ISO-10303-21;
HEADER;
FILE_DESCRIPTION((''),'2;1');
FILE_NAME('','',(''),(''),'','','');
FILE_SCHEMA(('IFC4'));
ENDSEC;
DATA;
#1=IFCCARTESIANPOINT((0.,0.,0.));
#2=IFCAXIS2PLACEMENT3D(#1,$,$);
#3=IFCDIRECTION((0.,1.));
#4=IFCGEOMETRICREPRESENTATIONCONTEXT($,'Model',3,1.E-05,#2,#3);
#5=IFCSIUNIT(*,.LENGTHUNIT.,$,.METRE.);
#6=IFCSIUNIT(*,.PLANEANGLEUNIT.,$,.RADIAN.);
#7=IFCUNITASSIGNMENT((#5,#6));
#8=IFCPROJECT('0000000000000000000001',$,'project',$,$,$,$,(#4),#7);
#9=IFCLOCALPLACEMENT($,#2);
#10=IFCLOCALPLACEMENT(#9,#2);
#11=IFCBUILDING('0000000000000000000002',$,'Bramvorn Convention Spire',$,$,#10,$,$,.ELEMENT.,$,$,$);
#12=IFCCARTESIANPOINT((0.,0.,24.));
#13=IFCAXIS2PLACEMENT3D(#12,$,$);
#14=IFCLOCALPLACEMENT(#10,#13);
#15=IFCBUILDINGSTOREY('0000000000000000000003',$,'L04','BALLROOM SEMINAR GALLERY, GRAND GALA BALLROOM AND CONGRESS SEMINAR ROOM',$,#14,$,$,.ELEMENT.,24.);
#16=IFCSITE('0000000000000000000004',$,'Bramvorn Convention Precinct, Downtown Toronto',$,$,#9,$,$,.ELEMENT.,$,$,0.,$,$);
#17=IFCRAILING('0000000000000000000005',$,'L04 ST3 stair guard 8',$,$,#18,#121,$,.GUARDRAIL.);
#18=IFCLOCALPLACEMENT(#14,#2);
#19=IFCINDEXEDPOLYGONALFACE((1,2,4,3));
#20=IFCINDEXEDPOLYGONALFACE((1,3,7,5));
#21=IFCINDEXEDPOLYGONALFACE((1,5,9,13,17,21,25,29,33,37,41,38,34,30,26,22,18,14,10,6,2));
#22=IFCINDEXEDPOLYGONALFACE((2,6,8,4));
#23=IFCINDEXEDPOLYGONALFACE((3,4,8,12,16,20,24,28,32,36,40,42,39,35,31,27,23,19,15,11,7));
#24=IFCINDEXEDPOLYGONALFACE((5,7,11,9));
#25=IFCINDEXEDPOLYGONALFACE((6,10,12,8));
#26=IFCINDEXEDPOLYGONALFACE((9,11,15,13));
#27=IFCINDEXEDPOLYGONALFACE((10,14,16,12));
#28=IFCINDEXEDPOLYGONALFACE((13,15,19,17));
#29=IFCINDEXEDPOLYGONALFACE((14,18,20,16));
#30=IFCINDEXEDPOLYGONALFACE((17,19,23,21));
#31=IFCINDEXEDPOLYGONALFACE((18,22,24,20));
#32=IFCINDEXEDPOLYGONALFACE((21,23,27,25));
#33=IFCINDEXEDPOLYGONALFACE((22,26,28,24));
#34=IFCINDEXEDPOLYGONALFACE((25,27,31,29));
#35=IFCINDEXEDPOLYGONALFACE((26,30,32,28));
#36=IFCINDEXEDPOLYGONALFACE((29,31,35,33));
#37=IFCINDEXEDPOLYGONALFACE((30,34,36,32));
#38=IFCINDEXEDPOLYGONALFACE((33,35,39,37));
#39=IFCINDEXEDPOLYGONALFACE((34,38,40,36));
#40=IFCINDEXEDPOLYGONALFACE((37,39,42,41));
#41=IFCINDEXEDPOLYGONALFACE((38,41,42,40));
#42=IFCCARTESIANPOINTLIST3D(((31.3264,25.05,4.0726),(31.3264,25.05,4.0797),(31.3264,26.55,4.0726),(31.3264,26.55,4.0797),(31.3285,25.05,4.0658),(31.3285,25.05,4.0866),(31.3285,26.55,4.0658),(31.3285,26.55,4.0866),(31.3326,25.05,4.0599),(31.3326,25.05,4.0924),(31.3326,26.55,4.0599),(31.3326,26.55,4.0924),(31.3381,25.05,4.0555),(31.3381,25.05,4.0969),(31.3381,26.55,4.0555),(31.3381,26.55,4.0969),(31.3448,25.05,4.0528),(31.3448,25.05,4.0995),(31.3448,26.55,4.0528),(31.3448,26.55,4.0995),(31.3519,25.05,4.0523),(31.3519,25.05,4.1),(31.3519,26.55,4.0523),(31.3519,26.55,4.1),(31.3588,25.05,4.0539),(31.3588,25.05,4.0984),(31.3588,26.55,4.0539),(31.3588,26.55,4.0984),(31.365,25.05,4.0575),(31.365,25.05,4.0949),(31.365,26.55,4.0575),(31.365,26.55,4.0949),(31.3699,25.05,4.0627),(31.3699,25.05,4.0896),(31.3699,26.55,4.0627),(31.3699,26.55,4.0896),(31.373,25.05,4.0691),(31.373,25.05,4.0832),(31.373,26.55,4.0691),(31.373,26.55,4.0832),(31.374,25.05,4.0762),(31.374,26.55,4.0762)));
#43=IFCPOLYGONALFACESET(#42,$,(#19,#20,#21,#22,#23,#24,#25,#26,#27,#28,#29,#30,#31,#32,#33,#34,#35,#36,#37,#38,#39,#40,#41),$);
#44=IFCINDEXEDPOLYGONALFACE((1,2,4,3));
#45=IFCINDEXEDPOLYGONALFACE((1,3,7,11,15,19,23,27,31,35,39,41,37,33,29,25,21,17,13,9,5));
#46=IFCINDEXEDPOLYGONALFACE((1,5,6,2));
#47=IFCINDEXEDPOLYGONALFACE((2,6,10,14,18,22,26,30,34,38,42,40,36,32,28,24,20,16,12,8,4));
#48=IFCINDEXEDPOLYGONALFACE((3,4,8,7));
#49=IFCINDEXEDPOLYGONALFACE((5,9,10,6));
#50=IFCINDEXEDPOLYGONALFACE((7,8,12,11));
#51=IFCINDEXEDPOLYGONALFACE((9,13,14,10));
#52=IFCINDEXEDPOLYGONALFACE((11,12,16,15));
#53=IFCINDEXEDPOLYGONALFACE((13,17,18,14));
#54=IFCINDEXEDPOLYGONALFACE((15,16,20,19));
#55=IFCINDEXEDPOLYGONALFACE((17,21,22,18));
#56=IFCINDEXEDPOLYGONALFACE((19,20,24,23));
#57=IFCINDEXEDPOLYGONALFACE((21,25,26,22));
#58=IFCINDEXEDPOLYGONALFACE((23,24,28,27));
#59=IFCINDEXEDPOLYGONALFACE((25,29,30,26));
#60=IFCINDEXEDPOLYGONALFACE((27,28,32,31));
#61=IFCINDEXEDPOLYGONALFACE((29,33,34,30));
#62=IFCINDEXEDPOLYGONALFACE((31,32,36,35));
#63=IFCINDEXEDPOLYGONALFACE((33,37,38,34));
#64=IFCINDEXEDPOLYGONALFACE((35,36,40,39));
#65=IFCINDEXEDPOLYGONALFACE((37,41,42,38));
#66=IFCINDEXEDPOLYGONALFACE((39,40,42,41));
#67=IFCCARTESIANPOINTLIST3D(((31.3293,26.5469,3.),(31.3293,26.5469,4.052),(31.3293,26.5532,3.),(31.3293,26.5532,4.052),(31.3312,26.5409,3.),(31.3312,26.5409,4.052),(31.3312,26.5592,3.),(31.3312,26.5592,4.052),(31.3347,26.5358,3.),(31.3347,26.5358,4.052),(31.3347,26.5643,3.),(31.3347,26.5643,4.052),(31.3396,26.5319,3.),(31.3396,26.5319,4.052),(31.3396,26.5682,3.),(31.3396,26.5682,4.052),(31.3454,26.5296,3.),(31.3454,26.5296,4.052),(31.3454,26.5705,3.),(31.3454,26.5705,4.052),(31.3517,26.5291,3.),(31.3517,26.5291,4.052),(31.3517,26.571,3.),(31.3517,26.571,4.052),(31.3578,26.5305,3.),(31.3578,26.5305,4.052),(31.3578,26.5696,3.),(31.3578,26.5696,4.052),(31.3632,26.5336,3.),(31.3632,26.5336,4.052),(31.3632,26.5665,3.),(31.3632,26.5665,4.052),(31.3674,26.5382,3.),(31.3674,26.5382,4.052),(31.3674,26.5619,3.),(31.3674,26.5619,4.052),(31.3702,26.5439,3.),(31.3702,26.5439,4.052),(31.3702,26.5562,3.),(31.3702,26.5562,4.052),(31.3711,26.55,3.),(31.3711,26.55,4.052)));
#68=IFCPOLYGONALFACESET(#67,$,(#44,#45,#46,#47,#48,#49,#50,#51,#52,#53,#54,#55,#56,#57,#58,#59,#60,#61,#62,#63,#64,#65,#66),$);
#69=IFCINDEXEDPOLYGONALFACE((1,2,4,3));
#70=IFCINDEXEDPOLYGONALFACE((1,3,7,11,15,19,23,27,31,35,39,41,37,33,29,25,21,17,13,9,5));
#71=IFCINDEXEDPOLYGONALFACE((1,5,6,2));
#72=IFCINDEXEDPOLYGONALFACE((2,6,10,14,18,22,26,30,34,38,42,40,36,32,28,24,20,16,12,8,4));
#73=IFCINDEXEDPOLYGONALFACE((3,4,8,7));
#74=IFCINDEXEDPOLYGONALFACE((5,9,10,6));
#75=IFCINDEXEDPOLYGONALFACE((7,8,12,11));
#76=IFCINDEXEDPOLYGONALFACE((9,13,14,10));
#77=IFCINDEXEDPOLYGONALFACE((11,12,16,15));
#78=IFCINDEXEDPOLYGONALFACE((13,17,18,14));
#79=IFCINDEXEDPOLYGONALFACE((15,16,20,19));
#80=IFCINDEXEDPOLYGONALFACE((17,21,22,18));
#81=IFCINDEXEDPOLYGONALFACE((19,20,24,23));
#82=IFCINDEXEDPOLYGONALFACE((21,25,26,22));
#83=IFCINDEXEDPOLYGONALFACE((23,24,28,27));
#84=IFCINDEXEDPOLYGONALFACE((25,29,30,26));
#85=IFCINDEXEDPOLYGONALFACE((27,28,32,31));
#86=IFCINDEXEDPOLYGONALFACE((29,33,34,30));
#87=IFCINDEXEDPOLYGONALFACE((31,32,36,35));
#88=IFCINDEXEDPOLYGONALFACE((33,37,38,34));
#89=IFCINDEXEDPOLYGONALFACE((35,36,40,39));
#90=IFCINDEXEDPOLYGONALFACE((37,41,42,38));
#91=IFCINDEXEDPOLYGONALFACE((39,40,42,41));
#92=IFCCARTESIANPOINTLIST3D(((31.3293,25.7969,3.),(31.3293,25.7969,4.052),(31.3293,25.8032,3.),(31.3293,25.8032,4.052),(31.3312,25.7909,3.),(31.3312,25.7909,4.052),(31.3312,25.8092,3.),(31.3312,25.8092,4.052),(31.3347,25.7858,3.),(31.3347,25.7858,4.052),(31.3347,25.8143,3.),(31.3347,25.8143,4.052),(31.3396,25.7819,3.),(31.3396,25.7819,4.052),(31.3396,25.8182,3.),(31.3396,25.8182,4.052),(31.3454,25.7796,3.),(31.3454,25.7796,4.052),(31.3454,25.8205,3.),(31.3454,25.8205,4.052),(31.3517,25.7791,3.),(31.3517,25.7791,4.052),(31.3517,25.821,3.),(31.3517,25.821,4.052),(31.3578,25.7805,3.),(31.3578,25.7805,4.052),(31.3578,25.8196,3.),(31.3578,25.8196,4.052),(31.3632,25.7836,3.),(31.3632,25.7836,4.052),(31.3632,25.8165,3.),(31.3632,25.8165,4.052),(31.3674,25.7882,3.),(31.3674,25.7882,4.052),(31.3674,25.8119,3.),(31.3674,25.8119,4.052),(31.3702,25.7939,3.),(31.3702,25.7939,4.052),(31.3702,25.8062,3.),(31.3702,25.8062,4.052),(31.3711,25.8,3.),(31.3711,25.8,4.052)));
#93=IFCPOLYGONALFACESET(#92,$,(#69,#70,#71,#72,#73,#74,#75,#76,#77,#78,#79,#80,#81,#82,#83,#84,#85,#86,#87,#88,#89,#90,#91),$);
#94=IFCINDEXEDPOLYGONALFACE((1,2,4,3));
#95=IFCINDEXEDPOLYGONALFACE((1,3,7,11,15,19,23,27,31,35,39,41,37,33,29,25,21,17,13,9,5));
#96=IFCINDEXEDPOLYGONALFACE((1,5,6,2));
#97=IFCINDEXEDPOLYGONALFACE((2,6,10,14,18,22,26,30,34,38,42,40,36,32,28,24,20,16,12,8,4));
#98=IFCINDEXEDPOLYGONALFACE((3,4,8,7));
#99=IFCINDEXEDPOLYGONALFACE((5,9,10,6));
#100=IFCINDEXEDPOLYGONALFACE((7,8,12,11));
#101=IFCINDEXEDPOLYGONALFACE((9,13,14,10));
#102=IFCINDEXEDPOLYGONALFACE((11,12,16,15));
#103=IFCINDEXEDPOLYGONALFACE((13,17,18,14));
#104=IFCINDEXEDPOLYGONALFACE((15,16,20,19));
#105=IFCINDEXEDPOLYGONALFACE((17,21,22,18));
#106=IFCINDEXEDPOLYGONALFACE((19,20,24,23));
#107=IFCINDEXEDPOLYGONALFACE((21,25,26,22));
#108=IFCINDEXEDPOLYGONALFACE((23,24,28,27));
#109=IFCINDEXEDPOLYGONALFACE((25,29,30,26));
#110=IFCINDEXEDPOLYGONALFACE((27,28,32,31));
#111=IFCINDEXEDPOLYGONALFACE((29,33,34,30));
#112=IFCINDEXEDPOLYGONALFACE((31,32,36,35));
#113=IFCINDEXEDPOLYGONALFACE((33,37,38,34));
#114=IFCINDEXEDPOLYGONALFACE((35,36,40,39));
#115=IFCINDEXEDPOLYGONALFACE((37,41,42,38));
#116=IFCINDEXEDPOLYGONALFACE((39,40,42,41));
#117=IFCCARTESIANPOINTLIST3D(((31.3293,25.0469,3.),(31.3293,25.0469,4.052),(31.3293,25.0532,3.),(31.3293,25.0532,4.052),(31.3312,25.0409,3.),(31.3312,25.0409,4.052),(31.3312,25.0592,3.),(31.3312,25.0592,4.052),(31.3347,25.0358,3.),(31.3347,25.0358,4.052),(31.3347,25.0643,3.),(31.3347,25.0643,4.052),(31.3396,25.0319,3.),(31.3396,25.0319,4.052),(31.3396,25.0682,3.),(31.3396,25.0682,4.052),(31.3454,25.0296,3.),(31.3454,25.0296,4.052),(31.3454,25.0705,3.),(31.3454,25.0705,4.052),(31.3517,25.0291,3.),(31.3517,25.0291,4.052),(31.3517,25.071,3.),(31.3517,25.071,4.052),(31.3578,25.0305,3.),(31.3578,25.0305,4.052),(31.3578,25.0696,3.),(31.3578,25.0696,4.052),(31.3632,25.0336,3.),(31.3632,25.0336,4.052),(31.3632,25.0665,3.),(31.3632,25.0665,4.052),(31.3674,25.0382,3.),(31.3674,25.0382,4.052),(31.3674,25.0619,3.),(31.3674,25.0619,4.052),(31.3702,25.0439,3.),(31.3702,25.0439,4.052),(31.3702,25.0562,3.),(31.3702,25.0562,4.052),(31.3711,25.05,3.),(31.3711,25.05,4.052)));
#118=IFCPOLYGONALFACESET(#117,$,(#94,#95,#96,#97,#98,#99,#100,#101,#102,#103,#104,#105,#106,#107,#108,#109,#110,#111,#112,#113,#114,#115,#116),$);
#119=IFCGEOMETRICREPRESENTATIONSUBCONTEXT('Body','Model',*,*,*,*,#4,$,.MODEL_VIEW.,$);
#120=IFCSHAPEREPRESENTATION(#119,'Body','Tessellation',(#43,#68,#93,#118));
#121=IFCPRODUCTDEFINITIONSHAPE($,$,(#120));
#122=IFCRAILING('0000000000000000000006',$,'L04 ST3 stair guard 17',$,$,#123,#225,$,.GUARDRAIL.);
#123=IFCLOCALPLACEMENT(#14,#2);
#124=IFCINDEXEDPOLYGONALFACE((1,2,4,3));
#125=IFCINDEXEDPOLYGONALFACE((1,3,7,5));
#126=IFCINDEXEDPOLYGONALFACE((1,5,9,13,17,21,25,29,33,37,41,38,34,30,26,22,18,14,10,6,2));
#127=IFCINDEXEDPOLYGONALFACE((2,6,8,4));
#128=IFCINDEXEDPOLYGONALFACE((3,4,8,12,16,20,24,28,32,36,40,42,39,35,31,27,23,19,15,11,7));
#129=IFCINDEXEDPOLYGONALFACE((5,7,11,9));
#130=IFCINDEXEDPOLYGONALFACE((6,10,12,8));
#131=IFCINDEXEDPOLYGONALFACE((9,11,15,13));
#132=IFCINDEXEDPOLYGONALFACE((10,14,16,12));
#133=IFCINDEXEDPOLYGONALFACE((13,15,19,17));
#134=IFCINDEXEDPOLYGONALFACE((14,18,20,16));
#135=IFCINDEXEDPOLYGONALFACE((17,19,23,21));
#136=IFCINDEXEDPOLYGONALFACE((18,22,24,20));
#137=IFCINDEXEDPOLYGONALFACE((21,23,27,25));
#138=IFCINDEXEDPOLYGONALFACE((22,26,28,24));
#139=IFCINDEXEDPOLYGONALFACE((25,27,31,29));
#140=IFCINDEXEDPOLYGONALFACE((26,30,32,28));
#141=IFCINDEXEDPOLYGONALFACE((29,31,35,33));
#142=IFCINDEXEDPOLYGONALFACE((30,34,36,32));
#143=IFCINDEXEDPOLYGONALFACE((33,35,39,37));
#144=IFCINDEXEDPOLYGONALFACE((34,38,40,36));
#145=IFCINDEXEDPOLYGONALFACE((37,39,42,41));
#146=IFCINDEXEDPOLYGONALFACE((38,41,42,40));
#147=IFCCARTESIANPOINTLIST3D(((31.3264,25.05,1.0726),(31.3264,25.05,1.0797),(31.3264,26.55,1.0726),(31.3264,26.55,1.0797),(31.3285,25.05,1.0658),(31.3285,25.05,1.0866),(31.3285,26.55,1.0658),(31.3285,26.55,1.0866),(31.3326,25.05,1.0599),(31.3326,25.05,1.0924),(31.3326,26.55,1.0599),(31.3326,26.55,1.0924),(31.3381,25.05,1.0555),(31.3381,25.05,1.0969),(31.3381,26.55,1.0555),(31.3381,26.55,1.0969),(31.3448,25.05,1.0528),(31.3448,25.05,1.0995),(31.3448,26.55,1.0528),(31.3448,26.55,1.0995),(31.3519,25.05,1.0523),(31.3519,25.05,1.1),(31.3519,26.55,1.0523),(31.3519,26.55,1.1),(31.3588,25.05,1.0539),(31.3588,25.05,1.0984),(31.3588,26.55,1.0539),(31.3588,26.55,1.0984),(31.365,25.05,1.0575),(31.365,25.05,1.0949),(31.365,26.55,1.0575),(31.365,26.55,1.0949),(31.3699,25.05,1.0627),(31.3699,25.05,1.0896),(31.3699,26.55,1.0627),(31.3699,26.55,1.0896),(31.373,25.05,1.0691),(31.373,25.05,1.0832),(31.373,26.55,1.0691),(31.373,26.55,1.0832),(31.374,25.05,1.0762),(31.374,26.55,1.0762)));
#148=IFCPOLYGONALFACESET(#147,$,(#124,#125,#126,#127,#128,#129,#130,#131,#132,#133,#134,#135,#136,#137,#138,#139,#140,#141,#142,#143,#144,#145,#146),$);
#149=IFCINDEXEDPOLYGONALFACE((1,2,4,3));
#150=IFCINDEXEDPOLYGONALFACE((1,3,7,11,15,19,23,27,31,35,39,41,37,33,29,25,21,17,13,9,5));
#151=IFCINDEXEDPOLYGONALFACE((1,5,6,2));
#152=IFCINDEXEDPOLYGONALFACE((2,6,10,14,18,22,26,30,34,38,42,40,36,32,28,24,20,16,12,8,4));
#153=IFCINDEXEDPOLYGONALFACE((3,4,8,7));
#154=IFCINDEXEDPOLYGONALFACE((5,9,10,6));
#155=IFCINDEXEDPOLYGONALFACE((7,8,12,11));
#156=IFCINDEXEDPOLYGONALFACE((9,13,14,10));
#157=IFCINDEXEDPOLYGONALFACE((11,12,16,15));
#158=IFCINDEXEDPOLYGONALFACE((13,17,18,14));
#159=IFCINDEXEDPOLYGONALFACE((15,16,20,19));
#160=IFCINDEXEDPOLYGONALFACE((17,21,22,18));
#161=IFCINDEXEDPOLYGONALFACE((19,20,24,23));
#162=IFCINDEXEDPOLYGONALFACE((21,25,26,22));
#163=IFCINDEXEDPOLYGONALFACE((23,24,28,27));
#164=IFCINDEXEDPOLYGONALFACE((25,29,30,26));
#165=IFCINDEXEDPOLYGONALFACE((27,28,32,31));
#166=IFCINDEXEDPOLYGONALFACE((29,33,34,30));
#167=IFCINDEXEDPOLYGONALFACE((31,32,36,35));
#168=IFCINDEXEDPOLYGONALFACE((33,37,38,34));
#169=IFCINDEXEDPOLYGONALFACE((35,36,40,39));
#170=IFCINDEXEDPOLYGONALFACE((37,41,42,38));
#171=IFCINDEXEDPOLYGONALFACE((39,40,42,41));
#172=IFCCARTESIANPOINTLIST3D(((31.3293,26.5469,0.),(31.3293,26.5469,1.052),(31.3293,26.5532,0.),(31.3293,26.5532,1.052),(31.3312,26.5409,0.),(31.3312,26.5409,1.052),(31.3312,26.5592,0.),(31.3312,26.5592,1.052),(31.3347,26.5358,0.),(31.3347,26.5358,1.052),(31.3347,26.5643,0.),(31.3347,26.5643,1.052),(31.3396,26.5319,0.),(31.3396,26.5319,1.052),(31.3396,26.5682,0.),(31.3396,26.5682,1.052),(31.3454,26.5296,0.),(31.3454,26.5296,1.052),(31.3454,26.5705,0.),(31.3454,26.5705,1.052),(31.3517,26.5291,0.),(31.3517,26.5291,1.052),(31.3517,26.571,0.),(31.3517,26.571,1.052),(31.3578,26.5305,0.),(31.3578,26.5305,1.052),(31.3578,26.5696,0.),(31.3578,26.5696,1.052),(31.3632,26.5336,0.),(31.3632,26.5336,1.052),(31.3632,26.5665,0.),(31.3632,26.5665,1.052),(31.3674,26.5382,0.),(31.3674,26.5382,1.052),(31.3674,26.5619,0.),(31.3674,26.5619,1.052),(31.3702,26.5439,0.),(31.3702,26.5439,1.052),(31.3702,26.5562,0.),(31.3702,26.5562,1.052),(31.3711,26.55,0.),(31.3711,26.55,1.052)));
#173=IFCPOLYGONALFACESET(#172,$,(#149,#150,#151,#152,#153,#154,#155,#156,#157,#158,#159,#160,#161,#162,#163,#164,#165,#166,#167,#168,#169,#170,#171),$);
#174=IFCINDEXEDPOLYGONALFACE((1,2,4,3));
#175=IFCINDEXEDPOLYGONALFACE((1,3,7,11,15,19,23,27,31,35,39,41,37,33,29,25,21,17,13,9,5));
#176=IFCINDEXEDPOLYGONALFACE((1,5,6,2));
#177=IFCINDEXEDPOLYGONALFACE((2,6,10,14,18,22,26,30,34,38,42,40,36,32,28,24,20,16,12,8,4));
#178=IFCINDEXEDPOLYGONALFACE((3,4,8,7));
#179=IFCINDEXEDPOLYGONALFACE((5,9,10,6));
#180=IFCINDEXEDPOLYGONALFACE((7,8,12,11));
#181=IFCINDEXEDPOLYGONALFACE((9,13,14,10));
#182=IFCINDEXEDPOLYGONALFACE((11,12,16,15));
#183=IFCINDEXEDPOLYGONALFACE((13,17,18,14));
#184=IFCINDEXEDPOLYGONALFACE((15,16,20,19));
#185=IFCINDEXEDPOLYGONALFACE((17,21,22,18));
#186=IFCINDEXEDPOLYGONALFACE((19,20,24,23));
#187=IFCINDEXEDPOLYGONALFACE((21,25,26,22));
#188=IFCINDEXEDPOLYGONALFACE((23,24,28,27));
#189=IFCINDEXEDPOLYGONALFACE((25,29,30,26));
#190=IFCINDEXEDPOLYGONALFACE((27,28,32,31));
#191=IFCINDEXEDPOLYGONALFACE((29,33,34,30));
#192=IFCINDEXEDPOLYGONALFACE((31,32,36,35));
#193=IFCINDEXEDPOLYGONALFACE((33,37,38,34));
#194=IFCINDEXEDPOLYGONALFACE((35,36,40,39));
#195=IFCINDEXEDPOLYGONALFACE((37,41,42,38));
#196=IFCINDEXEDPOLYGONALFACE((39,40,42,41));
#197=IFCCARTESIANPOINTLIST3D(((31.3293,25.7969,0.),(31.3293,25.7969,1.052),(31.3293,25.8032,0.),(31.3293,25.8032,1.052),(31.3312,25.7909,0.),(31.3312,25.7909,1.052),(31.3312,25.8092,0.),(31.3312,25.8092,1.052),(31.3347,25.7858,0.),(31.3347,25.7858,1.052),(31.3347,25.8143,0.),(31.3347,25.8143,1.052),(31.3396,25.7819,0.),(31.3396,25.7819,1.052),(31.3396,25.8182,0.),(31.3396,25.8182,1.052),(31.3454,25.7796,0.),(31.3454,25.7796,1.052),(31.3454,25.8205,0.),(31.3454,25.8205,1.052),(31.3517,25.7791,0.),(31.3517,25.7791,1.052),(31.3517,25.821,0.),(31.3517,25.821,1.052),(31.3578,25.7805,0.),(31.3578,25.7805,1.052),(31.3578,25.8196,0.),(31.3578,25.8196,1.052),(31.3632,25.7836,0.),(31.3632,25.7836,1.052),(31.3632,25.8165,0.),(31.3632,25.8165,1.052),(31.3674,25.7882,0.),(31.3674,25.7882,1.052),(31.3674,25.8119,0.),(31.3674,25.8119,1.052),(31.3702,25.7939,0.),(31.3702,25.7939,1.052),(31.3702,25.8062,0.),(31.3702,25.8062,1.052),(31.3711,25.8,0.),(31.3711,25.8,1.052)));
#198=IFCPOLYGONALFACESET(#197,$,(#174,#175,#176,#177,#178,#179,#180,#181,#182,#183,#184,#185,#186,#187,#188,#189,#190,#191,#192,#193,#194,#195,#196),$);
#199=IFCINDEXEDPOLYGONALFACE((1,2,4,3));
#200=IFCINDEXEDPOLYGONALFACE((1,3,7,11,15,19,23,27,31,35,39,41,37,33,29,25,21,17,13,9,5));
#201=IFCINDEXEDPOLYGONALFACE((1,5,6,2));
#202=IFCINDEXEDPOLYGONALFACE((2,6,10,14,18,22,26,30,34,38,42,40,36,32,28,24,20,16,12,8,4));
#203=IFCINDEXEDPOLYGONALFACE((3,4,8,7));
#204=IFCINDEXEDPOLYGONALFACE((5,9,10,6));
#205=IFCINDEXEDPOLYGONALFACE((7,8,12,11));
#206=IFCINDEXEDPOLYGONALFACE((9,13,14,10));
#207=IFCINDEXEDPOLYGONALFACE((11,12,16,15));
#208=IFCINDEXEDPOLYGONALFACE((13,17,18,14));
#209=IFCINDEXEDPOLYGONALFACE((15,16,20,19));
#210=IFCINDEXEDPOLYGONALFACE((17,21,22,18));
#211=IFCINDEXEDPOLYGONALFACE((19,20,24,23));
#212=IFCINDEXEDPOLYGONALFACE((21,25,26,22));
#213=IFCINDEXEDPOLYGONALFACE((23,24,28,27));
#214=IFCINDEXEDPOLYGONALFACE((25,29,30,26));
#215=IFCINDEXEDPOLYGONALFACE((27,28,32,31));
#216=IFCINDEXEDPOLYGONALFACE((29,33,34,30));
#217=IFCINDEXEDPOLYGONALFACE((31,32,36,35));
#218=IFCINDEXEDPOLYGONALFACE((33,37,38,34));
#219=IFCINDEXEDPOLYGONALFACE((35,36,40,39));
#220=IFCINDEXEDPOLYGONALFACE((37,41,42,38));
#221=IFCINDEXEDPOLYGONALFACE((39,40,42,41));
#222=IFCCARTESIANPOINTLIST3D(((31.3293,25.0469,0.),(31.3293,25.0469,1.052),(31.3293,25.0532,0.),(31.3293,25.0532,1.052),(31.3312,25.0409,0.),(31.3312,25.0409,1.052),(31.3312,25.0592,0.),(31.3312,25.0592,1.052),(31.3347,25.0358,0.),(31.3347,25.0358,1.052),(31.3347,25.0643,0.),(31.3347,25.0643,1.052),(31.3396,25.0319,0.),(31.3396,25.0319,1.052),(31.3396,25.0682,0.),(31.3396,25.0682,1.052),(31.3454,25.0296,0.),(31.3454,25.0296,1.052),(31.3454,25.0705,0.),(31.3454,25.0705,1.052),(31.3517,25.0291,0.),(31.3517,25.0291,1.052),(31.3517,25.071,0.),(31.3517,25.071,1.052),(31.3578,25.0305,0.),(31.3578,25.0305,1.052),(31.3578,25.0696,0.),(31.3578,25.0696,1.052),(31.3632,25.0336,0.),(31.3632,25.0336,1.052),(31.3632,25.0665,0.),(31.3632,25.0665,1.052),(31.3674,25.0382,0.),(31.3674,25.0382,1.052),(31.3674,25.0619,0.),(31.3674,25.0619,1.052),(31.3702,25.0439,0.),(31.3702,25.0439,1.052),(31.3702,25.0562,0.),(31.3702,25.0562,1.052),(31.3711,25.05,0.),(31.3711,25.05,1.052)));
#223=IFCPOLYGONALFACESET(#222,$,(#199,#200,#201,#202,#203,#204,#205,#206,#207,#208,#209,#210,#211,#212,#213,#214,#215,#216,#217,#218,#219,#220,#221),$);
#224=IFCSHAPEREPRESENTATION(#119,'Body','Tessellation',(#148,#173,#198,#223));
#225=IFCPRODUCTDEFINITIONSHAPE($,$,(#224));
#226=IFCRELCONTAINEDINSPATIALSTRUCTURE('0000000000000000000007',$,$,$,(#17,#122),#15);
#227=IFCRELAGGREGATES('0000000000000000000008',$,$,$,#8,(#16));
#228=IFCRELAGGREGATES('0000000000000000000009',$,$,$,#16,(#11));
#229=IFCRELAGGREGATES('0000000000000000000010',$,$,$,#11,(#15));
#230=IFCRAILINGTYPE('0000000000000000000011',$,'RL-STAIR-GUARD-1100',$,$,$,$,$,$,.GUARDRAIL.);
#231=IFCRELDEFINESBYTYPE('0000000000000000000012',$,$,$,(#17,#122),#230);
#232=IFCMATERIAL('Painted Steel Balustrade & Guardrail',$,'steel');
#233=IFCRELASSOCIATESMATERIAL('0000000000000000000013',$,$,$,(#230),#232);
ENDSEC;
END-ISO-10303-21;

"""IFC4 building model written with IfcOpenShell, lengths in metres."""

from ifc_helpers import new_model, si_unit, direction, frame, origin, origin_2d, place, context, subcontext, project, spatial, circle, extrude, material, type_object, element, save


model = new_model("IFC4")

# Units and contexts
model_context = context("Model", 3, precision=1e-05, world=origin(), true_north=direction((0.0, 1.0)))
body_context = subcontext(model_context, "Body", "Model", "MODEL_VIEW")
ifc_project = project(units=[si_unit("LENGTHUNIT", "METRE"), si_unit("PLANEANGLEUNIT", "RADIAN")], contexts=[model_context])

# Site, building, storey
site_placement = place(None, origin())
site = spatial("IfcSite", under=ifc_project, at=site_placement, Name="Bramvorn Convention Precinct, Downtown Toronto", CompositionType="ELEMENT", RefElevation=0.0)
building_placement = place(site_placement, origin())
building = spatial("IfcBuilding", under=site, at=building_placement, Name="Bramvorn Convention Spire", CompositionType="ELEMENT")
storey_placement = place(building_placement, frame((0.0, 0.0, 24.0)))
storey = spatial("IfcBuildingStorey", under=building, at=storey_placement, Name="L04", Description="BALLROOM SEMINAR GALLERY, GRAND GALA BALLROOM AND CONGRESS SEMINAR ROOM", CompositionType="ELEMENT", Elevation=24.0)

# Railings
ifc_material_1 = material(Name="Painted Steel Balustrade & Guardrail", Category="steel")
railing_type = type_object("IfcRailingType", Name="RL-STAIR-GUARD-1100", PredefinedType="GUARDRAIL", material=ifc_material_1)
for number, where, name in (
    (1, (31.3501, 26.55, 3.0), "L04 ST3 stair guard 8"),
    (2, (31.3501, 26.55, 0.0), "L04 ST3 stair guard 17"),
):
    element("IfcRailing", number, at=place(storey_placement, frame(where)), inside=storey, type_object=railing_type, Name=name, PredefinedType="GUARDRAIL", context=body_context, shape_type="SweptSolid", body=[
        extrude(circle(Radius=0.0239, at=origin_2d()), frame((0.0, 0.0, 1.0762), z_axis=(0.0, -1.0, 0.0), x_axis=(1.0, 0.0, 0.0)), (0.0, 0.0, 1.0), 1.5),
        extrude(circle(Radius=0.021, at=origin_2d()), origin(), (0.0, 0.0, 1.0), 1.052),
        extrude(circle(Radius=0.021, at=origin_2d()), frame((0.0, -0.75, 0.0)), (0.0, 0.0, 1.0), 1.052),
        extrude(circle(Radius=0.021, at=origin_2d()), frame((0.0, -1.5, 0.0)), (0.0, 0.0, 1.0), 1.052),
    ])

save(model, "model.ifc")
